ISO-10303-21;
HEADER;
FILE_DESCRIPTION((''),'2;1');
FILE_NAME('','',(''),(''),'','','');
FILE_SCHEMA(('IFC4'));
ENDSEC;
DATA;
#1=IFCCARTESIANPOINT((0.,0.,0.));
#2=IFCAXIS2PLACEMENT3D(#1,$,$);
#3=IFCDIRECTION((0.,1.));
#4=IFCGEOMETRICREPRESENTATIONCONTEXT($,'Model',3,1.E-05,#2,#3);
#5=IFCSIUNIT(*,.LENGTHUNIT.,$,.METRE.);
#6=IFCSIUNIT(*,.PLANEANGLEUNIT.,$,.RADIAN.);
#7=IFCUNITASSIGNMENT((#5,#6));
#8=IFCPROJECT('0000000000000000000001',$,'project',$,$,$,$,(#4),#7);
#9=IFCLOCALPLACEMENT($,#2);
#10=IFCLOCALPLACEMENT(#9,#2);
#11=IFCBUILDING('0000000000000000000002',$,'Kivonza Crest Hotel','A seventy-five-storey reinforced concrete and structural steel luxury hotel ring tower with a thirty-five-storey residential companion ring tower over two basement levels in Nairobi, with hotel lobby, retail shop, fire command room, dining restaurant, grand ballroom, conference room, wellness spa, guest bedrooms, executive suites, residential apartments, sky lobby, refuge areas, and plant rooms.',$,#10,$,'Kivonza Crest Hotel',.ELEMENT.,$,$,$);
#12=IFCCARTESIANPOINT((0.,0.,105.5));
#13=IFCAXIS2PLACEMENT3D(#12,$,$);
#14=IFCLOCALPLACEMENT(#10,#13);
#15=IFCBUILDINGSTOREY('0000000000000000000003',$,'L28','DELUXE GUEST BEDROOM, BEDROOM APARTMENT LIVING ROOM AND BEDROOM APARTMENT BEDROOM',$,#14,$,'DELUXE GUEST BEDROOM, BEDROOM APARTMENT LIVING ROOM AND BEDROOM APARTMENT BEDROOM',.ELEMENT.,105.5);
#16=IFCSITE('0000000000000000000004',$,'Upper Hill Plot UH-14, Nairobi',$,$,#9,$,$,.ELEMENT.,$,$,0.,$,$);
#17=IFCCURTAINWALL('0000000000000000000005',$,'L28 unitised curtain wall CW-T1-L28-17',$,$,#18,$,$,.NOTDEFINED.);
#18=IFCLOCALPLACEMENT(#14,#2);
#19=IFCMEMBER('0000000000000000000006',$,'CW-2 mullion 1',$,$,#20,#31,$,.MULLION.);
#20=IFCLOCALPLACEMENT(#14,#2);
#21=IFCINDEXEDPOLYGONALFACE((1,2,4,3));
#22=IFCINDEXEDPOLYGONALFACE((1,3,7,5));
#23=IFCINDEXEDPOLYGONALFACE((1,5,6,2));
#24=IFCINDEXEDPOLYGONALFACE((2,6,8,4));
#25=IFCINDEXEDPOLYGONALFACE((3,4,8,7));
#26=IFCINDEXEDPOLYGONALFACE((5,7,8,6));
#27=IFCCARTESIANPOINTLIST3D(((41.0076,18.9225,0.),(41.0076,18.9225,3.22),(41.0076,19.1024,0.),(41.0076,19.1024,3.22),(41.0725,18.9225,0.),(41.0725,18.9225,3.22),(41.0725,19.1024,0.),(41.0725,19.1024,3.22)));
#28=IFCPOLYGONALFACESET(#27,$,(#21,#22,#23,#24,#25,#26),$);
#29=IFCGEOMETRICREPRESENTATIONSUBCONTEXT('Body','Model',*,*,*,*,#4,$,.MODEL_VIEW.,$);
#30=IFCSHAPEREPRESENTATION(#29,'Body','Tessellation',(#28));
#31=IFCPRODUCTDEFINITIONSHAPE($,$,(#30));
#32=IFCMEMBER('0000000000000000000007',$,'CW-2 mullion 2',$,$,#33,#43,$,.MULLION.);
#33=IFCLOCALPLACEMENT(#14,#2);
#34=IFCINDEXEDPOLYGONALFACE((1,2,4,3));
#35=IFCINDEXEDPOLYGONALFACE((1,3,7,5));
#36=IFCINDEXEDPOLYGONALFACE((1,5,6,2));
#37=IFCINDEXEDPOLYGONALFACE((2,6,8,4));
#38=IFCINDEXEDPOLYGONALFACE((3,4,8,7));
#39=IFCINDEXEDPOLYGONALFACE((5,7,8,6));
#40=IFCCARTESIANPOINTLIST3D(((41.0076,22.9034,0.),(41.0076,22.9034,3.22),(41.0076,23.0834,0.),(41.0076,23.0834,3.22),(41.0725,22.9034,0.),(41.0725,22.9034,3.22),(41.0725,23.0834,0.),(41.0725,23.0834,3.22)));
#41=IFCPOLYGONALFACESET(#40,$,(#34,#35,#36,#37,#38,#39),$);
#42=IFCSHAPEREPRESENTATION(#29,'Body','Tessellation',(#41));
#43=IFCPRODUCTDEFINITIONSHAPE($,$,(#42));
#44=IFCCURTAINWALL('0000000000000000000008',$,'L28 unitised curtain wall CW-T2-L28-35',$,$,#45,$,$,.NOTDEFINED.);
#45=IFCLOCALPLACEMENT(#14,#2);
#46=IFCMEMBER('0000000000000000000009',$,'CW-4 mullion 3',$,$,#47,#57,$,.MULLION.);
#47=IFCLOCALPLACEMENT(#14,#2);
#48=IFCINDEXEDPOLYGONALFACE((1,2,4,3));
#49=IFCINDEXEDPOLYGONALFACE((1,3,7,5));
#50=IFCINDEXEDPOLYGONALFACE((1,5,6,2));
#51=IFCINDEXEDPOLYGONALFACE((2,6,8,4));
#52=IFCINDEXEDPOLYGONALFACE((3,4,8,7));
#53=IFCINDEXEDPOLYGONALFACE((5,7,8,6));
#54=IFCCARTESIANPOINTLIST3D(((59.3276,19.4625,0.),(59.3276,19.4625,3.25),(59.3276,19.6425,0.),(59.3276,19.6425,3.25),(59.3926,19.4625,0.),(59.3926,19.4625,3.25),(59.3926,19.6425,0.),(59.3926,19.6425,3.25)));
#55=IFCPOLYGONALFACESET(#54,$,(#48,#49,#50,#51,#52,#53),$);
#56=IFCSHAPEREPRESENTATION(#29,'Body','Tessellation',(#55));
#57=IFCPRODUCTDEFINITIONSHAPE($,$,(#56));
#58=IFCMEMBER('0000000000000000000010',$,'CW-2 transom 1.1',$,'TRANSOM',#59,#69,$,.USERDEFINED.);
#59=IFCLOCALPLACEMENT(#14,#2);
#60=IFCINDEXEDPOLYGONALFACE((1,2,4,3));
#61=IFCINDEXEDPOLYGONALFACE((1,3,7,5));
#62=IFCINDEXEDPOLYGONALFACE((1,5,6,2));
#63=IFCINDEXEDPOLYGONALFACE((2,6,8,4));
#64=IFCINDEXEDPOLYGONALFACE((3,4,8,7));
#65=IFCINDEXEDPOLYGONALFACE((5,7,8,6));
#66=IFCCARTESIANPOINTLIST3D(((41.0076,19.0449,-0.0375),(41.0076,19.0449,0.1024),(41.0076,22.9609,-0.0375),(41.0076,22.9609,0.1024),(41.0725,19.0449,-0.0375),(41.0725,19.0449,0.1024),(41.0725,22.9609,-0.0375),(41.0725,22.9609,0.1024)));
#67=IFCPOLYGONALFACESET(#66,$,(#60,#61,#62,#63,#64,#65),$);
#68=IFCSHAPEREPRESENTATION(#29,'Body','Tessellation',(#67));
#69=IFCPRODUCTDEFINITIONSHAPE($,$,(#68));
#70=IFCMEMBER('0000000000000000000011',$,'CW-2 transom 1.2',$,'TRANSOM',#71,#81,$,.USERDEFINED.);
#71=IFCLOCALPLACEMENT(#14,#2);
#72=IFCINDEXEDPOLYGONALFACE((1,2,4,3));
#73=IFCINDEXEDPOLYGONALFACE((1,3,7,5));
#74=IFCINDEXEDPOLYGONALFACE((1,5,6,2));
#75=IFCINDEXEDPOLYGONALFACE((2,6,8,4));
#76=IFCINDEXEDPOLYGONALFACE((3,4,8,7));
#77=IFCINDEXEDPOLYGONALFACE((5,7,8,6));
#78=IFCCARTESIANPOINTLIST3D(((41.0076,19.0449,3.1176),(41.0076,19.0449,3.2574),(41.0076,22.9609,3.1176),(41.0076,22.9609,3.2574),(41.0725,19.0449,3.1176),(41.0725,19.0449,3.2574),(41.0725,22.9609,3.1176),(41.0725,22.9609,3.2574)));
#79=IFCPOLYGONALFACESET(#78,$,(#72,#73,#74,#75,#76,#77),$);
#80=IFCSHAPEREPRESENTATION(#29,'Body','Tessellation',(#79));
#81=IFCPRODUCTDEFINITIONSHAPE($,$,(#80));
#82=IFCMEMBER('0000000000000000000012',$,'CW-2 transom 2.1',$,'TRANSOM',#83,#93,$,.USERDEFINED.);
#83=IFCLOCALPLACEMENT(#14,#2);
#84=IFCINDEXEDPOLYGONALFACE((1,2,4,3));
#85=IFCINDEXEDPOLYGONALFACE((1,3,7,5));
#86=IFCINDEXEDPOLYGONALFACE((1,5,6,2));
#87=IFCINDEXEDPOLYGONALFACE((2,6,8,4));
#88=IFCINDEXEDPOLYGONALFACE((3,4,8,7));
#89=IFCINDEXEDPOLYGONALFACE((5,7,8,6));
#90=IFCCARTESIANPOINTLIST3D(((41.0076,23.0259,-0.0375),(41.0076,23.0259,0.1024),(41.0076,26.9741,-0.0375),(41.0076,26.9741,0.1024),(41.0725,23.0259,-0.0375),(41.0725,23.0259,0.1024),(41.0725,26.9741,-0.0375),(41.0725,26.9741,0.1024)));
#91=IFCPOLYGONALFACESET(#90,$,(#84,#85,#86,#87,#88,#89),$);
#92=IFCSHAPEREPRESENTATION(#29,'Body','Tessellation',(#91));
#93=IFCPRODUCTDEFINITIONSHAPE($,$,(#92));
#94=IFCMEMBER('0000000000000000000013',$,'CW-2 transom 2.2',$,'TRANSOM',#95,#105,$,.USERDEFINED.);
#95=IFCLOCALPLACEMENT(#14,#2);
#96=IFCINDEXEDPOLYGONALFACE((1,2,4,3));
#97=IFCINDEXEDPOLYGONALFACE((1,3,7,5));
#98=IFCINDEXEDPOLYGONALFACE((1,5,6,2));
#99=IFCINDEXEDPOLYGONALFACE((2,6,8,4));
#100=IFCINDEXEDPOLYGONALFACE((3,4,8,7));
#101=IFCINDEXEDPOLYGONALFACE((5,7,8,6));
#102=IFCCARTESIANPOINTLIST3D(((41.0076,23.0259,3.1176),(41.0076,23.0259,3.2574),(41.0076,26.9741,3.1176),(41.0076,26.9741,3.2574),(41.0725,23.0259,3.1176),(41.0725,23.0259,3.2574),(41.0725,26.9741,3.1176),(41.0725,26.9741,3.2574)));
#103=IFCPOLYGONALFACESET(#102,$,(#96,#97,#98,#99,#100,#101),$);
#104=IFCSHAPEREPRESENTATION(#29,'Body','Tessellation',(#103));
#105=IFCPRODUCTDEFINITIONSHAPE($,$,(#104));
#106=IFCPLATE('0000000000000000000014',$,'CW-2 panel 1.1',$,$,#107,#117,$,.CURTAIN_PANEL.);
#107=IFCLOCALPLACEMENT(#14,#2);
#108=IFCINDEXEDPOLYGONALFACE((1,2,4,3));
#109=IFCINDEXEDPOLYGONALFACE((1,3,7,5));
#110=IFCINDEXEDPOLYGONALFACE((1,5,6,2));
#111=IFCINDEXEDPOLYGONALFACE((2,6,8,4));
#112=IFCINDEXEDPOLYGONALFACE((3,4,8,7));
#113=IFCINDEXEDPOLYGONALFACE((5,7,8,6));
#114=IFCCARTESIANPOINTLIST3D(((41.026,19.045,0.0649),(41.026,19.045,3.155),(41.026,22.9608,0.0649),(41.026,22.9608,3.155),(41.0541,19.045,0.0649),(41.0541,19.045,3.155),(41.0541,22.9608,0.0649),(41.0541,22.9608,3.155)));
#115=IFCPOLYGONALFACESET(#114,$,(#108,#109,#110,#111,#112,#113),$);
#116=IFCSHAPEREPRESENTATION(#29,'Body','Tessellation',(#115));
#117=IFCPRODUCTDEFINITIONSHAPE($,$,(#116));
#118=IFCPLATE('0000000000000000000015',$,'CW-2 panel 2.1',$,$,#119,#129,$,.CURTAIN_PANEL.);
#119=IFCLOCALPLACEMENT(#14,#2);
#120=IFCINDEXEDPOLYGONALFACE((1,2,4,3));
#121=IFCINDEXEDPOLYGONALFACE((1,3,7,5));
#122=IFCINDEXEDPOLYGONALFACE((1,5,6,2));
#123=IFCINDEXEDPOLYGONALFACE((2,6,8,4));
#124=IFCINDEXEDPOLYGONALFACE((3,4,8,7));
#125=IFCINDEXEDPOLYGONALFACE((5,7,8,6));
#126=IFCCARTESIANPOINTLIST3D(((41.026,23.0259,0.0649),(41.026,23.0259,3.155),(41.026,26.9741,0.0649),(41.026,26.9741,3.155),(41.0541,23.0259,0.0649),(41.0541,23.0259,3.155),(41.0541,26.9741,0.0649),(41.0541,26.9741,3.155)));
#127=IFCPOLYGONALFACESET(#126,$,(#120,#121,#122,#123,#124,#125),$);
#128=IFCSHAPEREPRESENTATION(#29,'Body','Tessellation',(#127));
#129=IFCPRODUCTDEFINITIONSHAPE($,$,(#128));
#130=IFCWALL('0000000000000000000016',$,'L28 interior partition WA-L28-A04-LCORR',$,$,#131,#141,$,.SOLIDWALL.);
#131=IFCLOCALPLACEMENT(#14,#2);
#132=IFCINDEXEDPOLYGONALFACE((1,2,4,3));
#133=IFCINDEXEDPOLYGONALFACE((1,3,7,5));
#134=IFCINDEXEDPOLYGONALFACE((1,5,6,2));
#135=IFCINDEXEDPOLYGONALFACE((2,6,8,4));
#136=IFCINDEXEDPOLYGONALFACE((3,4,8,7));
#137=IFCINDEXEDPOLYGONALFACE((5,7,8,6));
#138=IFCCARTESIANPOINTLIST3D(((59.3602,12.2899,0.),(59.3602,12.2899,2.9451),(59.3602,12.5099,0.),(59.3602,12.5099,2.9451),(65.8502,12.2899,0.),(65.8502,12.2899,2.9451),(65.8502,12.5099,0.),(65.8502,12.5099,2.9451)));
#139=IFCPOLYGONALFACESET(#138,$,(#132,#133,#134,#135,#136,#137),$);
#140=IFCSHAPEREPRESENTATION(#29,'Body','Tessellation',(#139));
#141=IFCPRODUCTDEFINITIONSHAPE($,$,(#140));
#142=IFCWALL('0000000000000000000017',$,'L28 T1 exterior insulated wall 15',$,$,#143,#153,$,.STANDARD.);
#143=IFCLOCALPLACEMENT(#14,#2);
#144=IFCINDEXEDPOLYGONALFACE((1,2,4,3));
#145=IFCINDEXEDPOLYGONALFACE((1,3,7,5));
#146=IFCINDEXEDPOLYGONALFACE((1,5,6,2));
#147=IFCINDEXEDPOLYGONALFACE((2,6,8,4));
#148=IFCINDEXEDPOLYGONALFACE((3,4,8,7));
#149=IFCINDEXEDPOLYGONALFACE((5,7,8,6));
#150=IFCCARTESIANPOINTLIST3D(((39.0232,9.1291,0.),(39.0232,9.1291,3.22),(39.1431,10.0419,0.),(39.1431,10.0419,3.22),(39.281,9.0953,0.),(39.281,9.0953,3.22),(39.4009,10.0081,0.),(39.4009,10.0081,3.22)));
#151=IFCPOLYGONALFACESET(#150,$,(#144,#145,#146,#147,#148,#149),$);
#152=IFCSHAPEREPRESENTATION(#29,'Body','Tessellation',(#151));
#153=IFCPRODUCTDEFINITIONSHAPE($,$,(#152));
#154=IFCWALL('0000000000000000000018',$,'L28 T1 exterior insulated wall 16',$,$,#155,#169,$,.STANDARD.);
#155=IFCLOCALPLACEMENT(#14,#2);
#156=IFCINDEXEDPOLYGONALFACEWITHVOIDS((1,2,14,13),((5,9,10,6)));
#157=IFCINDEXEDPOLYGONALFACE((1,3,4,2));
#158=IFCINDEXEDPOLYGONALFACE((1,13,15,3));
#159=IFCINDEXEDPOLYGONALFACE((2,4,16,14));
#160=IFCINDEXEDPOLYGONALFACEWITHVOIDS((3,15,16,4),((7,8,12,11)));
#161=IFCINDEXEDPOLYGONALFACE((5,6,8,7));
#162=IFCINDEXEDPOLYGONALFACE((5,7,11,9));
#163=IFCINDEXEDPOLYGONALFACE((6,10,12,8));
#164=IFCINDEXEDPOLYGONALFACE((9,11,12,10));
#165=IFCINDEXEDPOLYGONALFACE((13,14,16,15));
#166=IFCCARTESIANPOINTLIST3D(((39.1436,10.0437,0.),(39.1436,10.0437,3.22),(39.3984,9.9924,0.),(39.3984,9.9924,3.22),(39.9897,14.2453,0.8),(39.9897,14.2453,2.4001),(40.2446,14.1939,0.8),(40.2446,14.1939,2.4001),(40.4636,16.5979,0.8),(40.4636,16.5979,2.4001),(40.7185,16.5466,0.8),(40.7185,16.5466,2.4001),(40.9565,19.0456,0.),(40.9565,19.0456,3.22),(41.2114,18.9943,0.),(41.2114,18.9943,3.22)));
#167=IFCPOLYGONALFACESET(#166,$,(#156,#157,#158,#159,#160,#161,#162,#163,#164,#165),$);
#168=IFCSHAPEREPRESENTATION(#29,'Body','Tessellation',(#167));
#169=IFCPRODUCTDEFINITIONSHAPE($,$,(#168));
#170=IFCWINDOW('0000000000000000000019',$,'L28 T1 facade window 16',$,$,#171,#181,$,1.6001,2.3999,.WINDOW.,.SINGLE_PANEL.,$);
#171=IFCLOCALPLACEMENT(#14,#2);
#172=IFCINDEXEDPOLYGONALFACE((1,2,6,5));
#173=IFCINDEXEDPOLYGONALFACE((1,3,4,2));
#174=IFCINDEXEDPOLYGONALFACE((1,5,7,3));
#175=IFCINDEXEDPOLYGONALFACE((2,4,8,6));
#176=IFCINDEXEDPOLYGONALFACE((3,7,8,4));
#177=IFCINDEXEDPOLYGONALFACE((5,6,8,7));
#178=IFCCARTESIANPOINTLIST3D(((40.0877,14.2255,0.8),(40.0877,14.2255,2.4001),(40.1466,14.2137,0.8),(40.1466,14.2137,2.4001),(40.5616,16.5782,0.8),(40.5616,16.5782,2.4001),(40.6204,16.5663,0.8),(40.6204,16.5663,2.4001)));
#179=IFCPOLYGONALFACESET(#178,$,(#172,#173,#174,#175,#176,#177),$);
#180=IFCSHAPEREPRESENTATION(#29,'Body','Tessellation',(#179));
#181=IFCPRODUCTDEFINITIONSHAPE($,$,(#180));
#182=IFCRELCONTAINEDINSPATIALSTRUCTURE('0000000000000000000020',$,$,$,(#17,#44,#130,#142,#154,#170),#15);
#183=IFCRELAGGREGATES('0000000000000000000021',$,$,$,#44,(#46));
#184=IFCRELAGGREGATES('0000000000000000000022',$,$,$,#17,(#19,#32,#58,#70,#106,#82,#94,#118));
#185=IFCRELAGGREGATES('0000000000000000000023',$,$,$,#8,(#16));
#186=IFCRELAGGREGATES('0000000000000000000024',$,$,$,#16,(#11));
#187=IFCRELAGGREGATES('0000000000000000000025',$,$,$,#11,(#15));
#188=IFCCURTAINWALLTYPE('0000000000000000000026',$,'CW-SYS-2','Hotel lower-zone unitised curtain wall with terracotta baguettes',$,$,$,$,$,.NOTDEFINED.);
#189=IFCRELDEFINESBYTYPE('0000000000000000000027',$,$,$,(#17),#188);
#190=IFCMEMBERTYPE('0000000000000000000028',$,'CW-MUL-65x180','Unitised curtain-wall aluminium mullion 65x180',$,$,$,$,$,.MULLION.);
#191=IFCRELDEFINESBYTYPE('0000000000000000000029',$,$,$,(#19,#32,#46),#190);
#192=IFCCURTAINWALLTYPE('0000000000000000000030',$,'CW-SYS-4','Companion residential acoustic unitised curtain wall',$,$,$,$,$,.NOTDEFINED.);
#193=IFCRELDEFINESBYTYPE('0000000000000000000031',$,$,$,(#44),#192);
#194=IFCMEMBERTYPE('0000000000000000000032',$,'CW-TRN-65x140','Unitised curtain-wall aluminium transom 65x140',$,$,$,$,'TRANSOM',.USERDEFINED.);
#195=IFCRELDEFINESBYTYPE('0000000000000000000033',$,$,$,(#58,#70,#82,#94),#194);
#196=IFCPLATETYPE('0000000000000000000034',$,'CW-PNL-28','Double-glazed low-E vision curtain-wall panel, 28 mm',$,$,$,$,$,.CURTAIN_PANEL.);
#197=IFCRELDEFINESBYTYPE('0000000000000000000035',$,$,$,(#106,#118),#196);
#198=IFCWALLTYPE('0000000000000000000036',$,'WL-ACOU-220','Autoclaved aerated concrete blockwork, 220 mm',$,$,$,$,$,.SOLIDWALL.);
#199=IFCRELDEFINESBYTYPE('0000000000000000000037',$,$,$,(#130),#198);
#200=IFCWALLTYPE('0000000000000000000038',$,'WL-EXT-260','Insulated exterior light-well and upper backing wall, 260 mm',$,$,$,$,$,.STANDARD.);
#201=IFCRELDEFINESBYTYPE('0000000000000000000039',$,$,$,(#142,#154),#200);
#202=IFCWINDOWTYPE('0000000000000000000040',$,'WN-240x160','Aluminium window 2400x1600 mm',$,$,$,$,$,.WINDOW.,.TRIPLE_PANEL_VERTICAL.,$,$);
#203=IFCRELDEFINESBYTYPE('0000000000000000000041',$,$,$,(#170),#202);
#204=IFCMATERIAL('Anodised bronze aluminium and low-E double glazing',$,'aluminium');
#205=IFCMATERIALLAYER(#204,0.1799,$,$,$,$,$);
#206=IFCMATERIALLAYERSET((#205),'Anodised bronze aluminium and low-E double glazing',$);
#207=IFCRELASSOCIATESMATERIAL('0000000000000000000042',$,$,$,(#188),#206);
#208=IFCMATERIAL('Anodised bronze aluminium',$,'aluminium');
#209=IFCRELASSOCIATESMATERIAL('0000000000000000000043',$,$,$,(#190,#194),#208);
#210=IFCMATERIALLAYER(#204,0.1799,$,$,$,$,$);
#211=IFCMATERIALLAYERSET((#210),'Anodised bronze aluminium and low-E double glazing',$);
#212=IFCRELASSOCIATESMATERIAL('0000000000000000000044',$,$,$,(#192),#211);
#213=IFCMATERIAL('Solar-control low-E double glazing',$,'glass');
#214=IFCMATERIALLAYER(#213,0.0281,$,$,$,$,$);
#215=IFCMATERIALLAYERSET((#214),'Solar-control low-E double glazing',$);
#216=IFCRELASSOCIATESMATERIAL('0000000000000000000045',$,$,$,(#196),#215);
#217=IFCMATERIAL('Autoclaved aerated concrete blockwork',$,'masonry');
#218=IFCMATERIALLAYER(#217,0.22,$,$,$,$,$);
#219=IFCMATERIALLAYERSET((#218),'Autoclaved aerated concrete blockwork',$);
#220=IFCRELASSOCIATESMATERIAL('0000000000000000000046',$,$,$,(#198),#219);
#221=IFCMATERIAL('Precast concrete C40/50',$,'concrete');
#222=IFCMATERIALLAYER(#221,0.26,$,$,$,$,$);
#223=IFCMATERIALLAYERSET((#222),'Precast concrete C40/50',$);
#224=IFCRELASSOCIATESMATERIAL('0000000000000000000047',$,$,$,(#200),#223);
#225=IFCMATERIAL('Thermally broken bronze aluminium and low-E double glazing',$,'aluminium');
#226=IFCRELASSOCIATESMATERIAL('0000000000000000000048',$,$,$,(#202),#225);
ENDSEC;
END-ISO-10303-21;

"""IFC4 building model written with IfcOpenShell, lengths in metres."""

from ifc_helpers import new_model, si_unit, direction, frame, frame_2d, origin, origin_2d, place, context, subcontext, project, spatial, rectangle, extrude, material, layer, layer_set, material_profile, profile_set, type_object, element, fill, aggregate, save


model = new_model("IFC4")

# Units and contexts
model_context = context("Model", 3, precision=1e-05, world=origin(), true_north=direction((0.0, 1.0)))
body_context = subcontext(model_context, "Body", "Model", "MODEL_VIEW")
ifc_project = project(units=[si_unit("LENGTHUNIT", "METRE"), si_unit("PLANEANGLEUNIT", "RADIAN")], contexts=[model_context])

# Site, building, storey
site_placement = place(None, origin())
site = spatial("IfcSite", under=ifc_project, at=site_placement, Name="Upper Hill Plot UH-14, Nairobi", CompositionType="ELEMENT", RefElevation=0.0)
building_placement = place(site_placement, origin())
building = spatial("IfcBuilding", under=site, at=building_placement, Name="Kivonza Crest Hotel", Description="A seventy-five-storey reinforced concrete and structural steel luxury hotel ring tower with a thirty-five-storey residential companion ring tower over two basement levels in Nairobi, with hotel lobby, retail shop, fire command room, dining restaurant, grand ballroom, conference room, wellness spa, guest bedrooms, executive suites, residential apartments, sky lobby, refuge areas, and plant rooms.", LongName="Kivonza Crest Hotel", CompositionType="ELEMENT")
storey_placement = place(building_placement, frame((0.0, 0.0, 105.5)))
storey = spatial("IfcBuildingStorey", under=building, at=storey_placement, Name="L28", Description="DELUXE GUEST BEDROOM, BEDROOM APARTMENT LIVING ROOM AND BEDROOM APARTMENT BEDROOM", LongName="DELUXE GUEST BEDROOM, BEDROOM APARTMENT LIVING ROOM AND BEDROOM APARTMENT BEDROOM", CompositionType="ELEMENT", Elevation=105.5)

# Curtain wall, members
ifc_material_1 = material(Name="Anodised bronze aluminium and low-E double glazing", Category="aluminium")
ifc_layer_1 = layer(ifc_material_1, 0.1799)
ifc_layer_set_1 = layer_set([ifc_layer_1], Name="Anodised bronze aluminium and low-E double glazing")
curtain_wall_type_1 = type_object("IfcCurtainWallType", Name="CW-SYS-2", Description="Hotel lower-zone unitised curtain wall with terracotta baguettes", PredefinedType="NOTDEFINED", material=ifc_layer_set_1)
curtain_wall_1_placement = place(storey_placement, origin())
curtain_wall_1 = element("IfcCurtainWall", 1, at=curtain_wall_1_placement, inside=storey, type_object=curtain_wall_type_1, Name="L28 unitised curtain wall CW-T1-L28-17", PredefinedType="NOTDEFINED")
ifc_material_2 = material(Name="Anodised bronze aluminium", Category="aluminium")
ifc_material_profile_1 = material_profile(ifc_material_2, rectangle(XDim=0.0649, YDim=0.1799, at=origin_2d()), Name="CW-M 65x180")
ifc_profile_set_1 = profile_set([ifc_material_profile_1], Name="Anodised bronze aluminium")
member_type_1 = type_object("IfcMemberType", Name="CW-MUL-65x180", Description="Unitised curtain-wall aluminium mullion 65x180", PredefinedType="MULLION", material=ifc_profile_set_1)
member_1_placement = place(storey_placement, frame((41.04, 19.0125, 0.0), z_axis=(0.0, 0.0, 1.0), x_axis=(-1.0, 0.0, 0.0)))
member_1 = element("IfcMember", 2, at=member_1_placement, type_object=member_type_1, Name="CW-2 mullion 1", PredefinedType="MULLION", context=body_context, shape_type="SweptSolid", body=[
    extrude(rectangle(XDim=0.0649, YDim=0.1799, at=origin_2d()), origin(), (0.0, 0.0, 1.0), 3.22),
])
member_2_placement = place(storey_placement, frame((41.04, 22.9934, 0.0), z_axis=(0.0, 0.0, 1.0), x_axis=(-1.0, 0.0, 0.0)))
member_2 = element("IfcMember", 3, at=member_2_placement, type_object=member_type_1, Name="CW-2 mullion 2", PredefinedType="MULLION", context=body_context, shape_type="SweptSolid", body=[
    extrude(rectangle(XDim=0.0649, YDim=0.1799, at=origin_2d()), origin(), (0.0, 0.0, 1.0), 3.22),
])

# Curtain wall, member
ifc_layer_2 = layer(ifc_material_1, 0.1799)
ifc_layer_set_2 = layer_set([ifc_layer_2], Name="Anodised bronze aluminium and low-E double glazing")
curtain_wall_type_2 = type_object("IfcCurtainWallType", Name="CW-SYS-4", Description="Companion residential acoustic unitised curtain wall", PredefinedType="NOTDEFINED", material=ifc_layer_set_2)
curtain_wall_2_placement = place(storey_placement, origin())
curtain_wall_2 = element("IfcCurtainWall", 4, at=curtain_wall_2_placement, inside=storey, type_object=curtain_wall_type_2, Name="L28 unitised curtain wall CW-T2-L28-35", PredefinedType="NOTDEFINED")
member_3_placement = place(storey_placement, frame((59.3601, 19.5525, 0.0), z_axis=(0.0, 0.0, 1.0), x_axis=(1.0, 0.0, 0.0)))
member_3 = element("IfcMember", 5, at=member_3_placement, type_object=member_type_1, Name="CW-4 mullion 3", PredefinedType="MULLION", context=body_context, shape_type="SweptSolid", body=[
    extrude(rectangle(XDim=0.0649, YDim=0.1799, at=origin_2d()), origin(), (0.0, 0.0, 1.0), 3.25),
])
aggregate(curtain_wall_2, [member_3])

# Members
ifc_material_profile_2 = material_profile(ifc_material_2, rectangle(XDim=0.0649, YDim=0.1399, at=origin_2d()), Name="CW-T 65x140")
ifc_profile_set_2 = profile_set([ifc_material_profile_2], Name="Anodised bronze aluminium")
member_type_2 = type_object("IfcMemberType", Name="CW-TRN-65x140", Description="Unitised curtain-wall aluminium transom 65x140", ElementType="TRANSOM", PredefinedType="USERDEFINED", material=ifc_profile_set_2)
member_4_placement = place(storey_placement, frame((41.04, 19.0449, 0.0325), z_axis=(0.0, 1.0, 0.0), x_axis=(-1.0, 0.0, 0.0)))
member_4 = element("IfcMember", 6, at=member_4_placement, type_object=member_type_2, Name="CW-2 transom 1.1", ObjectType="TRANSOM", PredefinedType="USERDEFINED", context=body_context, shape_type="SweptSolid", body=[
    extrude(rectangle(XDim=0.0649, YDim=0.1399, at=origin_2d()), origin(), (0.0, 0.0, 1.0), 3.916),
])
member_5_placement = place(storey_placement, frame((41.04, 19.0449, 3.1875), z_axis=(0.0, 1.0, 0.0), x_axis=(-1.0, 0.0, 0.0)))
member_5 = element("IfcMember", 7, at=member_5_placement, type_object=member_type_2, Name="CW-2 transom 1.2", ObjectType="TRANSOM", PredefinedType="USERDEFINED", context=body_context, shape_type="SweptSolid", body=[
    extrude(rectangle(XDim=0.0649, YDim=0.1399, at=origin_2d()), origin(), (0.0, 0.0, 1.0), 3.916),
])
member_6_placement = place(storey_placement, frame((41.04, 23.0259, 0.0325), z_axis=(0.0, 1.0, 0.0), x_axis=(-1.0, 0.0, 0.0)))
member_6 = element("IfcMember", 8, at=member_6_placement, type_object=member_type_2, Name="CW-2 transom 2.1", ObjectType="TRANSOM", PredefinedType="USERDEFINED", context=body_context, shape_type="SweptSolid", body=[
    extrude(rectangle(XDim=0.0649, YDim=0.1399, at=origin_2d()), origin(), (0.0, 0.0, 1.0), 3.9482),
])
member_7_placement = place(storey_placement, frame((41.04, 23.0259, 3.1875), z_axis=(0.0, 1.0, 0.0), x_axis=(-1.0, 0.0, 0.0)))
member_7 = element("IfcMember", 9, at=member_7_placement, type_object=member_type_2, Name="CW-2 transom 2.2", ObjectType="TRANSOM", PredefinedType="USERDEFINED", context=body_context, shape_type="SweptSolid", body=[
    extrude(rectangle(XDim=0.0649, YDim=0.1399, at=origin_2d()), origin(), (0.0, 0.0, 1.0), 3.9482),
])

# Plates
ifc_material_3 = material(Name="Solar-control low-E double glazing", Category="glass")
ifc_layer_3 = layer(ifc_material_3, 0.0281)
ifc_layer_set_3 = layer_set([ifc_layer_3], Name="Solar-control low-E double glazing")
plate_type = type_object("IfcPlateType", Name="CW-PNL-28", Description="Double-glazed low-E vision curtain-wall panel, 28 mm", PredefinedType="CURTAIN_PANEL", material=ifc_layer_set_3)
plate_1_placement = place(storey_placement, frame((41.04, 21.0029, 0.0649), z_axis=(0.0, 0.0, 1.0), x_axis=(0.0, 1.0, 0.0)))
plate_1 = element("IfcPlate", 10, at=plate_1_placement, type_object=plate_type, Name="CW-2 panel 1.1", PredefinedType="CURTAIN_PANEL", context=body_context, shape_type="SweptSolid", body=[
    extrude(rectangle(XDim=3.9158, YDim=0.0281, at=origin_2d()), origin(), (0.0, 0.0, 1.0), 3.0901),
])
plate_2_placement = place(storey_placement, frame((41.04, 25.0, 0.0649), z_axis=(0.0, 0.0, 1.0), x_axis=(0.0, 1.0, 0.0)))
plate_2 = element("IfcPlate", 11, at=plate_2_placement, type_object=plate_type, Name="CW-2 panel 2.1", PredefinedType="CURTAIN_PANEL", context=body_context, shape_type="SweptSolid", body=[
    extrude(rectangle(XDim=3.9482, YDim=0.0281, at=origin_2d()), origin(), (0.0, 0.0, 1.0), 3.0901),
])
aggregate(curtain_wall_1, [member_1, member_2, member_4, member_5, plate_1, member_6, member_7, plate_2])

# Walls
ifc_material_4 = material(Name="Autoclaved aerated concrete blockwork", Category="masonry")
ifc_layer_4 = layer(ifc_material_4, 0.22)
ifc_layer_set_4 = layer_set([ifc_layer_4], Name="Autoclaved aerated concrete blockwork")
wall_type_1 = type_object("IfcWallType", Name="WL-ACOU-220", Description="Autoclaved aerated concrete blockwork, 220 mm", PredefinedType="SOLIDWALL", material=ifc_layer_set_4)
wall_1_placement = place(storey_placement, frame((59.3601, 12.3999, 0.0), z_axis=(0.0, 0.0, 1.0), x_axis=(1.0, 0.0, 0.0)))
element("IfcWall", 12, at=wall_1_placement, inside=storey, type_object=wall_type_1, Name="L28 interior partition WA-L28-A04-LCORR", PredefinedType="SOLIDWALL", context=body_context, shape_type="SweptSolid", body=[
    extrude(rectangle(XDim=6.49, YDim=0.22, at=frame_2d((3.2451, 0.0))), origin(), (0.0, 0.0, 1.0), 2.9451),
])
ifc_material_5 = material(Name="Precast concrete C40/50", Category="concrete")
ifc_layer_5 = layer(ifc_material_5, 0.26)
ifc_layer_set_5 = layer_set([ifc_layer_5], Name="Precast concrete C40/50")
wall_type_2 = type_object("IfcWallType", Name="WL-EXT-260", Description="Insulated exterior light-well and upper backing wall, 260 mm", PredefinedType="STANDARD", material=ifc_layer_set_5)
wall_2_placement = place(storey_placement, frame((39.1521, 9.1121, 0.0), z_axis=(0.0, 0.0, 1.0), x_axis=(0.130201, 0.991488, 0.0)))
element("IfcWall", 13, at=wall_2_placement, inside=storey, type_object=wall_type_2, Name="L28 T1 exterior insulated wall 15", PredefinedType="STANDARD", context=body_context, shape_type="SweptSolid", body=[
    extrude(rectangle(XDim=0.9207, YDim=0.26, at=frame_2d((0.4604, 0.0))), origin(), (0.0, 0.0, 1.0), 3.22),
])

# Wall, opening, window
wall_3_placement = place(storey_placement, frame((39.271, 10.0181, 0.0), z_axis=(0.0, 0.0, 1.0), x_axis=(0.197435, 0.980316, 0.0)))
wall_3 = element("IfcWall", 14, at=wall_3_placement, inside=storey, type_object=wall_type_2, Name="L28 T1 exterior insulated wall 16", PredefinedType="STANDARD", context=body_context, shape_type="SweptSolid", body=[
    extrude(rectangle(XDim=9.1826, YDim=0.26, at=frame_2d((4.5913, 0.0))), origin(), (0.0, 0.0, 1.0), 3.22),
])
opening_1_placement = place(wall_3_placement, frame((4.2859, 0.0, 0.8)))
opening_1 = element("IfcOpeningElement", 15, at=opening_1_placement, cuts=wall_3, PredefinedType="OPENING", context=body_context, shape_type="SweptSolid", body=[
    extrude(rectangle(XDim=2.3999, YDim=1.6001, at=frame_2d((1.2, 0.8))), frame((0.0, 0.1401, 0.0), z_axis=(0.0, -1.0, 0.0), x_axis=(1.0, 0.0, 0.0)), (0.0, 0.0, 1.0), 0.28),
])
ifc_material_6 = material(Name="Thermally broken bronze aluminium and low-E double glazing", Category="aluminium")
window_type = type_object("IfcWindowType", Name="WN-240x160", Description="Aluminium window 2400x1600 mm", PartitioningType="TRIPLE_PANEL_VERTICAL", PredefinedType="WINDOW", material=ifc_material_6)
window_1_placement = place(opening_1_placement, origin())
window_1 = element("IfcWindow", 16, at=window_1_placement, inside=storey, type_object=window_type, Name="L28 T1 facade window 16", OverallHeight=1.6001, OverallWidth=2.3999, PartitioningType="SINGLE_PANEL", PredefinedType="WINDOW", context=body_context, shape_type="SweptSolid", body=[
    extrude(rectangle(XDim=2.3999, YDim=1.6001, at=frame_2d((1.2, 0.8))), frame((0.0, 0.03, 0.0), z_axis=(0.0, -1.0, 0.0), x_axis=(1.0, 0.0, 0.0)), (0.0, 0.0, 1.0), 0.0601),
])
fill(opening_1, window_1)

save(model, "model.ifc")
